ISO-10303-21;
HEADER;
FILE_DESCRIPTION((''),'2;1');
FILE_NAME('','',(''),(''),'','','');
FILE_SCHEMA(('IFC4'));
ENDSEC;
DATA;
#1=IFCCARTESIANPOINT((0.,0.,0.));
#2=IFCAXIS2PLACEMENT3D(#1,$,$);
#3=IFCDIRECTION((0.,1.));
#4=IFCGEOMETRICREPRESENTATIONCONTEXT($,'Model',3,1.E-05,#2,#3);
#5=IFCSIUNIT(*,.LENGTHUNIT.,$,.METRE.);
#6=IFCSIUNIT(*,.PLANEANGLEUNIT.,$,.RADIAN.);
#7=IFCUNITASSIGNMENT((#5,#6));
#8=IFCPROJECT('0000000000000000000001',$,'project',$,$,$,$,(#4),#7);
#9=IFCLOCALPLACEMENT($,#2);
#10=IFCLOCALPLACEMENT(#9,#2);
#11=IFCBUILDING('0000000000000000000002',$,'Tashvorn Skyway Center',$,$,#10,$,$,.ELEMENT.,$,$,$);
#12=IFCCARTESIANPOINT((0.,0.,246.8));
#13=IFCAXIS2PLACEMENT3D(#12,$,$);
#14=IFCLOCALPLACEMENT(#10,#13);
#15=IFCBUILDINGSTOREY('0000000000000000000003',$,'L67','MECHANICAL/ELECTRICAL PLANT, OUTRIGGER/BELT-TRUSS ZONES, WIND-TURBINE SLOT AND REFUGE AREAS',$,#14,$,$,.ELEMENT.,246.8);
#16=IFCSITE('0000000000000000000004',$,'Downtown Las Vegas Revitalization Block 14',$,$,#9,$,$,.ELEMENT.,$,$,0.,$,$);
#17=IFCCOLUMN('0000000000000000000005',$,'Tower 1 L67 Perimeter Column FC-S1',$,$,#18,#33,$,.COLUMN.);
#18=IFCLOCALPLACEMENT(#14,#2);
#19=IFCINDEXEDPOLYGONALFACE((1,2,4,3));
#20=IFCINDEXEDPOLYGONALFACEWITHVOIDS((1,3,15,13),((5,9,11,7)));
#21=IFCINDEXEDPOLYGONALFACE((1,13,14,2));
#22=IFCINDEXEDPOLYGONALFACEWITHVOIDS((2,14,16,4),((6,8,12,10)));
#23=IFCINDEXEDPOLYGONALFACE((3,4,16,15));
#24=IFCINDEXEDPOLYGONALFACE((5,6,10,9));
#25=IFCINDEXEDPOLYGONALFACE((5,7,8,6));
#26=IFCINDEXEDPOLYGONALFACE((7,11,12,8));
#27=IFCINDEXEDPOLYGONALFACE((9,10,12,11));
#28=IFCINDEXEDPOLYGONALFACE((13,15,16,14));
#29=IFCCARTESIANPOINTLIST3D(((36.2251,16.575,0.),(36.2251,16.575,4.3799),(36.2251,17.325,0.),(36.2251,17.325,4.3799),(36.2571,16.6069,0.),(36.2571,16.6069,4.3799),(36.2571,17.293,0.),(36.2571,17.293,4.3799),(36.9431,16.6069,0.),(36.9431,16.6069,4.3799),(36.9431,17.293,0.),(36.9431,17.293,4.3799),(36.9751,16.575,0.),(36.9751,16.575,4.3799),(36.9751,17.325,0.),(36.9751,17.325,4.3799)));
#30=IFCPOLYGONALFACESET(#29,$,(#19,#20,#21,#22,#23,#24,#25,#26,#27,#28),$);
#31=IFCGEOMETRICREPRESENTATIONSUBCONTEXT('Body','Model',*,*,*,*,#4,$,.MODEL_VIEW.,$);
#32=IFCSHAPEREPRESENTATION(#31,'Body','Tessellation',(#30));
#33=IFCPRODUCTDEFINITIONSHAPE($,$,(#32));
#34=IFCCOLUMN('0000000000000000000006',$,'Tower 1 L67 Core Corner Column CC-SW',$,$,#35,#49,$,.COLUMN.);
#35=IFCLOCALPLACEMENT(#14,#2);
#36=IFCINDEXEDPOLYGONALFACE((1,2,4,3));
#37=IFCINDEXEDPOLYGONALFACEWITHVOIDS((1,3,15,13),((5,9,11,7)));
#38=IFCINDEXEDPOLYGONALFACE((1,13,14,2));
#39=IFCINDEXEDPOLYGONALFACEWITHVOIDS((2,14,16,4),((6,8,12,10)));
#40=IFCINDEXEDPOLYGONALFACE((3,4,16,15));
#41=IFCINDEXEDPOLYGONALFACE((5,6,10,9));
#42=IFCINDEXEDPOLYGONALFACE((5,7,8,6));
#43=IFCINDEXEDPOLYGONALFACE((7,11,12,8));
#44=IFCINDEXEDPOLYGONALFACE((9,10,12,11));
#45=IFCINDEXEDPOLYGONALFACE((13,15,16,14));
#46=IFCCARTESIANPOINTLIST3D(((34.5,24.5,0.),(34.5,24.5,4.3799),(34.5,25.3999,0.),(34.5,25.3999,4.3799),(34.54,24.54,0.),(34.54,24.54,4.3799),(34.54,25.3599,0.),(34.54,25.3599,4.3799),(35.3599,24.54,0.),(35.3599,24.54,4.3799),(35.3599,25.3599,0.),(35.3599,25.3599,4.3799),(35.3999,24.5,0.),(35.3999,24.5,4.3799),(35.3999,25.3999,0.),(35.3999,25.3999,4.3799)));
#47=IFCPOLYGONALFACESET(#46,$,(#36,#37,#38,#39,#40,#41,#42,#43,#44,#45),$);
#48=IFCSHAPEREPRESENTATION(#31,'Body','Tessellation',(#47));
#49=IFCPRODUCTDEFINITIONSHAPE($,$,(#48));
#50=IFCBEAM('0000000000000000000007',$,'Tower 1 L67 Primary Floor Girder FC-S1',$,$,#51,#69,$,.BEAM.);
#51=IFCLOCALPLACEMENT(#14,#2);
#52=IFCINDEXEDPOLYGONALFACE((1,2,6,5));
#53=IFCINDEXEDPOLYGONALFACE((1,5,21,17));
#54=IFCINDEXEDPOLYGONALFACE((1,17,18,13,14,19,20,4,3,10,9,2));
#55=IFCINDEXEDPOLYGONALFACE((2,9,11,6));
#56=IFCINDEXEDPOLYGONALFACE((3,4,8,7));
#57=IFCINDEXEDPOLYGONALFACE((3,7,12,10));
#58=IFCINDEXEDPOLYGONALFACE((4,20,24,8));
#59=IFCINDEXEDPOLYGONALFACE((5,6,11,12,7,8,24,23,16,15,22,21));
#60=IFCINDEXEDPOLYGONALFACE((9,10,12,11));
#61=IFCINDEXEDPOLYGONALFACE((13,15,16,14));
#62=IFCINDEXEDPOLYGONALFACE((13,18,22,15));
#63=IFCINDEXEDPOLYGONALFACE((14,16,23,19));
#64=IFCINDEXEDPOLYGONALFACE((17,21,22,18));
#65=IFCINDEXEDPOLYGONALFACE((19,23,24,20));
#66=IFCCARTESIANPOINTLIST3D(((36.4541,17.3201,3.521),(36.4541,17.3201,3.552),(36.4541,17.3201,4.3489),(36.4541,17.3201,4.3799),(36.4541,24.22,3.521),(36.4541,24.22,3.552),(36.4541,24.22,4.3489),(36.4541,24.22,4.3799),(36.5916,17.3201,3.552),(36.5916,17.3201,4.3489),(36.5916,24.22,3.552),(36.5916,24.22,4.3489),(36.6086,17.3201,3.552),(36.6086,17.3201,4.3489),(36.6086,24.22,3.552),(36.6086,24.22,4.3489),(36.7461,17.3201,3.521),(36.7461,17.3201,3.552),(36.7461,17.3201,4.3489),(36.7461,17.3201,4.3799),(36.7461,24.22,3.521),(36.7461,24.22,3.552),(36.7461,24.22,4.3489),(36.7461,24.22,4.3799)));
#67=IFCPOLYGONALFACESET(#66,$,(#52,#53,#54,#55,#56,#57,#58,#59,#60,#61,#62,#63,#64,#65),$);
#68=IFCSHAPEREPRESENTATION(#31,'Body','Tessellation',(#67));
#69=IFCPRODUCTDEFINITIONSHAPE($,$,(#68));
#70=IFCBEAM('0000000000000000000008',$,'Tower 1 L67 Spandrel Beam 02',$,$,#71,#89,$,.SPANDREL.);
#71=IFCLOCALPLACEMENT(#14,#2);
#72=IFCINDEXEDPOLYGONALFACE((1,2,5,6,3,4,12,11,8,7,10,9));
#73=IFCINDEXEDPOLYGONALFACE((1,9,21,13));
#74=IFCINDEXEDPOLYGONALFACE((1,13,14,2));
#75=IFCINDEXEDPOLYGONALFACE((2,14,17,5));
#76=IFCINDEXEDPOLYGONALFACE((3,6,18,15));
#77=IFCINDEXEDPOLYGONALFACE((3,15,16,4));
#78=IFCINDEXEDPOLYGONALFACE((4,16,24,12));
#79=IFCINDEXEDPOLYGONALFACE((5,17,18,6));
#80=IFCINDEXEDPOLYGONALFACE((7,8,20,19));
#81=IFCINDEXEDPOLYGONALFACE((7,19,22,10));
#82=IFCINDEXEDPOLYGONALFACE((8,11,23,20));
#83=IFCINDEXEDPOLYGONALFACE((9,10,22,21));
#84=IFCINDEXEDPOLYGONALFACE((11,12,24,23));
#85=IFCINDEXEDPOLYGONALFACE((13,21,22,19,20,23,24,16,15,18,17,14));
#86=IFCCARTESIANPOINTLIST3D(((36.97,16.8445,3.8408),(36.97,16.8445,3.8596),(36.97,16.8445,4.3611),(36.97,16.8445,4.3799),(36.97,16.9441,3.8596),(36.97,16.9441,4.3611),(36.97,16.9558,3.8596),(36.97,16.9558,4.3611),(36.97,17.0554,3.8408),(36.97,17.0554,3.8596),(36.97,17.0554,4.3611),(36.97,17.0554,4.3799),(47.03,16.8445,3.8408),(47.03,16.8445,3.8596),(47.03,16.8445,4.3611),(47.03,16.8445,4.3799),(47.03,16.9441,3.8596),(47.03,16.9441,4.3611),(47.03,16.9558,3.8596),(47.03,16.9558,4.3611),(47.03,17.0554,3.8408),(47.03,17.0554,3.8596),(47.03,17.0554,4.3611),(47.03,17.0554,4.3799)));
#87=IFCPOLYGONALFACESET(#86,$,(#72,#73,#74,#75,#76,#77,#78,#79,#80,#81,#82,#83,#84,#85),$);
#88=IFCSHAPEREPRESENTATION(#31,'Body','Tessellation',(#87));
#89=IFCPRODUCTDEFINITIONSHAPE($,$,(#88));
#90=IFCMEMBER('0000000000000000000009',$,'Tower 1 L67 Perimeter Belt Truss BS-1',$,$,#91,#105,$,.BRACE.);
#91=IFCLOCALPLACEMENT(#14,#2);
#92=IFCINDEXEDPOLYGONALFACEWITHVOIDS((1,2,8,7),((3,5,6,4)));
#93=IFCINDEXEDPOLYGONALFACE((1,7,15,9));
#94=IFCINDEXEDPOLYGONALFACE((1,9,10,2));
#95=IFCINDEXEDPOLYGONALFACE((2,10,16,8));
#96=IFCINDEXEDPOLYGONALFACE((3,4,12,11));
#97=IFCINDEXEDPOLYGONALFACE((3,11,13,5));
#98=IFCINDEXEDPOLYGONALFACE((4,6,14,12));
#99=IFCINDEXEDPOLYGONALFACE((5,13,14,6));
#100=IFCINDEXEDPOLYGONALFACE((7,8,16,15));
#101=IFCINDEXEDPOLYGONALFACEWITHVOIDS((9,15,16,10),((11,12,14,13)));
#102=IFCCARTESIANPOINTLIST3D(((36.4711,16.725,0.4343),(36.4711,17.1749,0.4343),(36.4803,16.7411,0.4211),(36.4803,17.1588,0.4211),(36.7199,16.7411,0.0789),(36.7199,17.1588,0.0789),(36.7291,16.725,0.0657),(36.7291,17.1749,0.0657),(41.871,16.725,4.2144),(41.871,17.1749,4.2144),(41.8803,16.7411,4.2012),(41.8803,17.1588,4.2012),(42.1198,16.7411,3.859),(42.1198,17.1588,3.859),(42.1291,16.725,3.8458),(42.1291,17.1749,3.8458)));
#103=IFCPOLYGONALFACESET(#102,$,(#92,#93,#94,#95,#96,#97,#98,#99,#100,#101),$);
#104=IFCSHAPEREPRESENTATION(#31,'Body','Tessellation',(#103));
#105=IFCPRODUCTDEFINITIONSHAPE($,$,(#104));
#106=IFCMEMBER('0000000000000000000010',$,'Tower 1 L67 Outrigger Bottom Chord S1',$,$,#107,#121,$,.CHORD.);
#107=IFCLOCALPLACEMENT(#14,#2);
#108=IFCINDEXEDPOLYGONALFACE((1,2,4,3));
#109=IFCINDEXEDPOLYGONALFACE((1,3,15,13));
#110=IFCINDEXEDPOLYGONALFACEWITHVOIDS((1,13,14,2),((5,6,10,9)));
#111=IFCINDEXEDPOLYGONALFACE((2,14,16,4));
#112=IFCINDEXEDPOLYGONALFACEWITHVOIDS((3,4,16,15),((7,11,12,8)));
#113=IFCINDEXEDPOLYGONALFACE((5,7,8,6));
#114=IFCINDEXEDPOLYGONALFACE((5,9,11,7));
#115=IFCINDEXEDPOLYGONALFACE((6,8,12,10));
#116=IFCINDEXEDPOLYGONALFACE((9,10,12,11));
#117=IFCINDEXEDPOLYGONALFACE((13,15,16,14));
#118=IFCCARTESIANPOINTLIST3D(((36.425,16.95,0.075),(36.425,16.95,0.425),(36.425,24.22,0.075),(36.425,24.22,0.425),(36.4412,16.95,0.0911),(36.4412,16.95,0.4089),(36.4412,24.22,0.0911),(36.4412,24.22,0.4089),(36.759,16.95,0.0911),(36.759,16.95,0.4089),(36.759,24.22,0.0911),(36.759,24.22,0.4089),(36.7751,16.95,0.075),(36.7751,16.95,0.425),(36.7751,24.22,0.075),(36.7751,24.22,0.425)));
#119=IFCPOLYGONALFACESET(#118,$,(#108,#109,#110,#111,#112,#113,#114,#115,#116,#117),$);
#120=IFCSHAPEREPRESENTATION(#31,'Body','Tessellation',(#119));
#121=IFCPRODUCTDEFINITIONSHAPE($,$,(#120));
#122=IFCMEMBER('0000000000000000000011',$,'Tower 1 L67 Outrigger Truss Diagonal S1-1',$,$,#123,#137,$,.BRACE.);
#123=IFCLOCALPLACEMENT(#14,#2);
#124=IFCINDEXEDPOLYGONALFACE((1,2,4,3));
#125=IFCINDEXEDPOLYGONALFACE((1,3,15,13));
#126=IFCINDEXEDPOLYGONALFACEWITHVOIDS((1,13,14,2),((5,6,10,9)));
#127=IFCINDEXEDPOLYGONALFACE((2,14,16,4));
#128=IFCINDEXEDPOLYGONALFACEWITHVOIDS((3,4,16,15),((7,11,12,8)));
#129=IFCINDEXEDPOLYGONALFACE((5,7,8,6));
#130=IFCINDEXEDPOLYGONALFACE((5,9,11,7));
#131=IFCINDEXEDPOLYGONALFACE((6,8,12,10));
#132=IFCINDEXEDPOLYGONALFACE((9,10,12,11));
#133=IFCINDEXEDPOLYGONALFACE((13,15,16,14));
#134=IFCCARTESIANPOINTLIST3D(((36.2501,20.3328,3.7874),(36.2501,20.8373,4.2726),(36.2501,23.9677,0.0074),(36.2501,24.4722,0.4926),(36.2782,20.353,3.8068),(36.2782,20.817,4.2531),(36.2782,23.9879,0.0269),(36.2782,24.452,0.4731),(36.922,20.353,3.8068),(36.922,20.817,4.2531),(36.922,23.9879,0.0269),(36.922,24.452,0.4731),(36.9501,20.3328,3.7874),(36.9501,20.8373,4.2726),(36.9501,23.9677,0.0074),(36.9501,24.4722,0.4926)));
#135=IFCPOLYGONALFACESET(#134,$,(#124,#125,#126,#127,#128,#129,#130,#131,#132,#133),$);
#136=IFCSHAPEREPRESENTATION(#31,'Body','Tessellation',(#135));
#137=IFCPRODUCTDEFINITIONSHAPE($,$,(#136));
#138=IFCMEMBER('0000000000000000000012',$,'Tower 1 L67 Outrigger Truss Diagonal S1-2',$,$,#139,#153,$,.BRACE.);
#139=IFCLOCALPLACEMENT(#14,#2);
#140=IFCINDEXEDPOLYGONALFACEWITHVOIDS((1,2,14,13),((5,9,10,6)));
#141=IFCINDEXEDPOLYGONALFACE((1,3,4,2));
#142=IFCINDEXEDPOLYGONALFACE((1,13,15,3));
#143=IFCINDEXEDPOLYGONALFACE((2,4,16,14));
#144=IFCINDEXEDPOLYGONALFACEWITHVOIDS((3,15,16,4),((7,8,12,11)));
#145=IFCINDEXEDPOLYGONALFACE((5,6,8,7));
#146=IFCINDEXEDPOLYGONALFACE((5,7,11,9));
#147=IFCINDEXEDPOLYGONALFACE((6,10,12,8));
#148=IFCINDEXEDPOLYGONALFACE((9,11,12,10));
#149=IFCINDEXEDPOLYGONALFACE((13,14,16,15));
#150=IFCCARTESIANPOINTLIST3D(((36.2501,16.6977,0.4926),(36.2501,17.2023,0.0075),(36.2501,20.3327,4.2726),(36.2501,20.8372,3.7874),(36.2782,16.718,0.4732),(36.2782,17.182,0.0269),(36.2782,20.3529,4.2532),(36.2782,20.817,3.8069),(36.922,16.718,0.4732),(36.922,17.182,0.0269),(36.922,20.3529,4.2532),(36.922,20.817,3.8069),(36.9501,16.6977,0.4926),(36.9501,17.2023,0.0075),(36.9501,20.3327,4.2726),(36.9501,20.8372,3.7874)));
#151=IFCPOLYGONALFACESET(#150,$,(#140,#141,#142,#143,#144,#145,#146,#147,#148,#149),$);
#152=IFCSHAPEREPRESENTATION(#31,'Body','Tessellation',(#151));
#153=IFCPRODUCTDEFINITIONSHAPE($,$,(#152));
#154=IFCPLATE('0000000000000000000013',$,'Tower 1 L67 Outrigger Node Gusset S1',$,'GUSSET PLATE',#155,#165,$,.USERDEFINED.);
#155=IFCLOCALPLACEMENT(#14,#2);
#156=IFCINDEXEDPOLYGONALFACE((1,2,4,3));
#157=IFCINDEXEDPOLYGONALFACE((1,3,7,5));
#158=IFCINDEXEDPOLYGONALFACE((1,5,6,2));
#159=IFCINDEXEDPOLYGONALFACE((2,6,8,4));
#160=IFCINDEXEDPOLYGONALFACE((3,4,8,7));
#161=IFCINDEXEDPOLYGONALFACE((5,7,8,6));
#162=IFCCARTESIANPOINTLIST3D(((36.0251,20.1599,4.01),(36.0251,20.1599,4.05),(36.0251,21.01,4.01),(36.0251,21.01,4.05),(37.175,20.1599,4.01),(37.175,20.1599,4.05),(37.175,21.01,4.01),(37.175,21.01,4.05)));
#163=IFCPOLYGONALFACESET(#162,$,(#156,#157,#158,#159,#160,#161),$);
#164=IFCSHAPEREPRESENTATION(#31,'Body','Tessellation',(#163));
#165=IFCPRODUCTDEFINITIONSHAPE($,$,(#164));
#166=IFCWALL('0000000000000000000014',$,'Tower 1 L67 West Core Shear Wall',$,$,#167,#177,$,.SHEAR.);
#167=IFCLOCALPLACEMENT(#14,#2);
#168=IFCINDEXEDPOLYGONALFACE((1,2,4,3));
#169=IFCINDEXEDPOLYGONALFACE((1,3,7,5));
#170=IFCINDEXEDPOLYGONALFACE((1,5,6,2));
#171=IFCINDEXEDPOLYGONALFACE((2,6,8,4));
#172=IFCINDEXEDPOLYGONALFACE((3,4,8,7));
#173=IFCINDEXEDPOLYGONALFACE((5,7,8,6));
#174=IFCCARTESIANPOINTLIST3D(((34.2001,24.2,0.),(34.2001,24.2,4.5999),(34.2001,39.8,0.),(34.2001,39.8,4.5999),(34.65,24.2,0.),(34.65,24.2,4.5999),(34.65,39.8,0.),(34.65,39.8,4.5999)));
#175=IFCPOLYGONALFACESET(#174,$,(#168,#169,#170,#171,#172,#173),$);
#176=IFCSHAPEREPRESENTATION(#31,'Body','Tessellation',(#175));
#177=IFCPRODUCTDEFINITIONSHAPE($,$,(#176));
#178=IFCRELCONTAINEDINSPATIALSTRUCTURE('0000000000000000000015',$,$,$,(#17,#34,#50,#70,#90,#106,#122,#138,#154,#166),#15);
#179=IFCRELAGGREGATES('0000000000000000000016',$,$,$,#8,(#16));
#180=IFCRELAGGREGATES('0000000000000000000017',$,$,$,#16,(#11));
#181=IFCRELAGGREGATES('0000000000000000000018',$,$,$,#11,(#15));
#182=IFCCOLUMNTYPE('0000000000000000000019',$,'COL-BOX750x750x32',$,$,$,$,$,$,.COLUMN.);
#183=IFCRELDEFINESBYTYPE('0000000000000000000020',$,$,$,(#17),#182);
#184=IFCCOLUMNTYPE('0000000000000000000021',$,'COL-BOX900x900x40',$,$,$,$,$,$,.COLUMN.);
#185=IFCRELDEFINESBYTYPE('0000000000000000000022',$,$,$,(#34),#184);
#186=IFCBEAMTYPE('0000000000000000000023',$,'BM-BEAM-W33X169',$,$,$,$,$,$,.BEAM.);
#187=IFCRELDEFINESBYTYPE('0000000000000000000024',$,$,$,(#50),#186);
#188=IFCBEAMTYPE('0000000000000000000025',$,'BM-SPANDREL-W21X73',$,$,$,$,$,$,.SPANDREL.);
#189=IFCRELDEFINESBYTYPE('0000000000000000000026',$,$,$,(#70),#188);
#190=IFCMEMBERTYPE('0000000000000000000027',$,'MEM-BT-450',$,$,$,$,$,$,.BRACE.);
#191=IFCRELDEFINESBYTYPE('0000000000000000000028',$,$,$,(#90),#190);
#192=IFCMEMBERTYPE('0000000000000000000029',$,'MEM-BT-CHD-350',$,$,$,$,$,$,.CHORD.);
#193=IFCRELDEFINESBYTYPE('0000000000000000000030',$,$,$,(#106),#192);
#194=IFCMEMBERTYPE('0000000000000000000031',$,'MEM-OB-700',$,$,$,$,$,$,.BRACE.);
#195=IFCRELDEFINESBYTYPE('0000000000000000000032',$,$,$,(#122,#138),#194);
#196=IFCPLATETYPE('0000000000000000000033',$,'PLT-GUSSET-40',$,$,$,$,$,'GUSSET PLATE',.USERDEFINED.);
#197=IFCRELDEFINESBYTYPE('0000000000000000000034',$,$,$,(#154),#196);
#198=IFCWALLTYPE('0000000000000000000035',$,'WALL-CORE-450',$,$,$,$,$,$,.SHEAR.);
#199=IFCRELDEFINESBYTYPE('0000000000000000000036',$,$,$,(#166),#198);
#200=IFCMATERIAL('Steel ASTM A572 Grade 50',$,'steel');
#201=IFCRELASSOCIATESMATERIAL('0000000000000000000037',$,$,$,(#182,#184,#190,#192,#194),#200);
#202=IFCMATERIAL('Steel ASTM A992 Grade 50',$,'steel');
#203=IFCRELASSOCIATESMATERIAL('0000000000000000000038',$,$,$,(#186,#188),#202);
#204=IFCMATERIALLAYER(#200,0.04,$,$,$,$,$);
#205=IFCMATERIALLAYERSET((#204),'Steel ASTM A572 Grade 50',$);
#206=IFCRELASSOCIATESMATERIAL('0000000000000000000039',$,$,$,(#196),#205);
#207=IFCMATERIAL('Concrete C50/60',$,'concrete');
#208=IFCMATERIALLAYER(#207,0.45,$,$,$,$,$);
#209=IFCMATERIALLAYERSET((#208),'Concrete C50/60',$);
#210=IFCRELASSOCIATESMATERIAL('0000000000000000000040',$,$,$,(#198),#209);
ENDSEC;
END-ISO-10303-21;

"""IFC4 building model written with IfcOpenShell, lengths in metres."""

from ifc_helpers import new_model, si_unit, direction, frame, frame_2d, origin, origin_2d, place, context, subcontext, project, spatial, rectangle, hollow_rectangle, i_section, extrude, material, layer, layer_set, material_profile, profile_set, type_object, element, save


model = new_model("IFC4")

# Units and contexts
model_context = context("Model", 3, precision=1e-05, world=origin(), true_north=direction((0.0, 1.0)))
body_context = subcontext(model_context, "Body", "Model", "MODEL_VIEW")
ifc_project = project(units=[si_unit("LENGTHUNIT", "METRE"), si_unit("PLANEANGLEUNIT", "RADIAN")], contexts=[model_context])

# Site, building, storey
site_placement = place(None, origin())
site = spatial("IfcSite", under=ifc_project, at=site_placement, Name="Downtown Las Vegas Revitalization Block 14", CompositionType="ELEMENT", RefElevation=0.0)
building_placement = place(site_placement, origin())
building = spatial("IfcBuilding", under=site, at=building_placement, Name="Tashvorn Skyway Center", CompositionType="ELEMENT")
storey_placement = place(building_placement, frame((0.0, 0.0, 246.8)))
storey = spatial("IfcBuildingStorey", under=building, at=storey_placement, Name="L67", Description="MECHANICAL/ELECTRICAL PLANT, OUTRIGGER/BELT-TRUSS ZONES, WIND-TURBINE SLOT AND REFUGE AREAS", CompositionType="ELEMENT", Elevation=246.8)

# Columns
ifc_material_1 = material(Name="Steel ASTM A572 Grade 50", Category="steel")
ifc_material_profile_1 = material_profile(ifc_material_1, hollow_rectangle(XDim=0.75, YDim=0.75, WallThickness=0.032, at=origin_2d()), Name="BOX750x750x32")
ifc_profile_set_1 = profile_set([ifc_material_profile_1], Name="Steel ASTM A572 Grade 50")
column_type_1 = type_object("IfcColumnType", Name="COL-BOX750x750x32", PredefinedType="COLUMN", material=ifc_profile_set_1)
column_1_placement = place(storey_placement, frame((36.6001, 16.95, 0.0), z_axis=(0.0, 0.0, 1.0), x_axis=(1.0, 0.0, 0.0)))
element("IfcColumn", 1, at=column_1_placement, inside=storey, type_object=column_type_1, Name="Tower 1 L67 Perimeter Column FC-S1", PredefinedType="COLUMN", context=body_context, shape_type="SweptSolid", body=[
    extrude(hollow_rectangle(XDim=0.75, YDim=0.75, WallThickness=0.032, at=origin_2d()), origin(), (0.0, 0.0, 1.0), 4.3799),
])
ifc_material_profile_2 = material_profile(ifc_material_1, hollow_rectangle(XDim=0.8999, YDim=0.8999, WallThickness=0.04, at=origin_2d()), Name="BOX900x900x40")
ifc_profile_set_2 = profile_set([ifc_material_profile_2], Name="Steel ASTM A572 Grade 50")
column_type_2 = type_object("IfcColumnType", Name="COL-BOX900x900x40", PredefinedType="COLUMN", material=ifc_profile_set_2)
column_2_placement = place(storey_placement, frame((34.95, 24.95, 0.0), z_axis=(0.0, 0.0, 1.0), x_axis=(1.0, 0.0, 0.0)))
element("IfcColumn", 2, at=column_2_placement, inside=storey, type_object=column_type_2, Name="Tower 1 L67 Core Corner Column CC-SW", PredefinedType="COLUMN", context=body_context, shape_type="SweptSolid", body=[
    extrude(hollow_rectangle(XDim=0.8999, YDim=0.8999, WallThickness=0.04, at=origin_2d()), origin(), (0.0, 0.0, 1.0), 4.3799),
])

# Beams
ifc_material_2 = material(Name="Steel ASTM A992 Grade 50", Category="steel")
ifc_material_profile_3 = material_profile(ifc_material_2, i_section(OverallWidth=0.292, OverallDepth=0.8589, WebThickness=0.0171, FlangeThickness=0.031, at=origin_2d()), Name="W33X169")
ifc_profile_set_3 = profile_set([ifc_material_profile_3], Name="Steel ASTM A992 Grade 50")
beam_type_1 = type_object("IfcBeamType", Name="BM-BEAM-W33X169", PredefinedType="BEAM", material=ifc_profile_set_3)
beam_1_placement = place(storey_placement, frame((36.6001, 17.3201, 3.9504), z_axis=(0.0, 1.0, 0.0), x_axis=(-1.0, 0.0, 0.0)))
element("IfcBeam", 3, at=beam_1_placement, inside=storey, type_object=beam_type_1, Name="Tower 1 L67 Primary Floor Girder FC-S1", PredefinedType="BEAM", context=body_context, shape_type="SweptSolid", body=[
    extrude(i_section(OverallWidth=0.292, OverallDepth=0.8589, WebThickness=0.0171, FlangeThickness=0.031, at=origin_2d()), origin(), (0.0, 0.0, 1.0), 6.8999),
])
ifc_material_profile_4 = material_profile(ifc_material_2, i_section(OverallWidth=0.2109, OverallDepth=0.5391, WebThickness=0.0117, FlangeThickness=0.0188, at=origin_2d()), Name="W21X73")
ifc_profile_set_4 = profile_set([ifc_material_profile_4], Name="Steel ASTM A992 Grade 50")
beam_type_2 = type_object("IfcBeamType", Name="BM-SPANDREL-W21X73", PredefinedType="SPANDREL", material=ifc_profile_set_4)
beam_2_placement = place(storey_placement, frame((36.97, 16.95, 4.1104), z_axis=(1.0, 0.0, 0.0), x_axis=(0.0, 1.0, 0.0)))
element("IfcBeam", 4, at=beam_2_placement, inside=storey, type_object=beam_type_2, Name="Tower 1 L67 Spandrel Beam 02", PredefinedType="SPANDREL", context=body_context, shape_type="SweptSolid", body=[
    extrude(i_section(OverallWidth=0.2109, OverallDepth=0.5391, WebThickness=0.0117, FlangeThickness=0.0188, at=origin_2d()), origin(), (0.0, 0.0, 1.0), 10.0601),
])

# Members
ifc_material_profile_5 = material_profile(ifc_material_1, hollow_rectangle(XDim=0.45, YDim=0.45, WallThickness=0.0161, at=origin_2d()), Name="HSS450x450x16")
ifc_profile_set_5 = profile_set([ifc_material_profile_5], Name="Steel ASTM A572 Grade 50")
member_type_1 = type_object("IfcMemberType", Name="MEM-BT-450", PredefinedType="BRACE", material=ifc_profile_set_5)
member_1_placement = place(storey_placement, frame((36.6001, 16.95, 0.25), z_axis=(0.819225, 0.0, 0.573472), x_axis=(0.0, 1.0, 0.0)))
element("IfcMember", 5, at=member_1_placement, inside=storey, type_object=member_type_1, Name="Tower 1 L67 Perimeter Belt Truss BS-1", PredefinedType="BRACE", context=body_context, shape_type="SweptSolid", body=[
    extrude(hollow_rectangle(XDim=0.45, YDim=0.45, WallThickness=0.0161, at=origin_2d()), origin(), (0.0, 0.0, 1.0), 6.5916),
])
ifc_material_profile_6 = material_profile(ifc_material_1, hollow_rectangle(XDim=0.3501, YDim=0.3501, WallThickness=0.0161, at=origin_2d()), Name="HSS350x350x16")
ifc_profile_set_6 = profile_set([ifc_material_profile_6], Name="Steel ASTM A572 Grade 50")
member_type_2 = type_object("IfcMemberType", Name="MEM-BT-CHD-350", PredefinedType="CHORD", material=ifc_profile_set_6)
member_2_placement = place(storey_placement, frame((36.6001, 24.22, 0.25), z_axis=(0.0, -1.0, 0.0), x_axis=(1.0, 0.0, 0.0)))
element("IfcMember", 6, at=member_2_placement, inside=storey, type_object=member_type_2, Name="Tower 1 L67 Outrigger Bottom Chord S1", PredefinedType="CHORD", context=body_context, shape_type="SweptSolid", body=[
    extrude(hollow_rectangle(XDim=0.3501, YDim=0.3501, WallThickness=0.0161, at=origin_2d()), origin(), (0.0, 0.0, 1.0), 7.27),
])
ifc_material_profile_7 = material_profile(ifc_material_1, hollow_rectangle(XDim=0.7, YDim=0.7, WallThickness=0.0281, at=origin_2d()), Name="BOX700x700x28")
ifc_profile_set_7 = profile_set([ifc_material_profile_7], Name="Steel ASTM A572 Grade 50")
member_type_3 = type_object("IfcMemberType", Name="MEM-OB-700", PredefinedType="BRACE", material=ifc_profile_set_7)
for number, where, z_axis, x_axis, name in (
    (7, (36.6001, 24.22, 0.25), (0.0, -0.693145, 0.720798), (1.0, 0.0, 0.0), "Tower 1 L67 Outrigger Truss Diagonal S1-1"),
    (8, (36.6001, 20.585, 4.03), (0.0, -0.693145, -0.720798), (1.0, 0.0, 0.0), "Tower 1 L67 Outrigger Truss Diagonal S1-2"),
):
    element("IfcMember", number, at=place(storey_placement, frame(where, z_axis=z_axis, x_axis=x_axis)), inside=storey, type_object=member_type_3, Name=name, PredefinedType="BRACE", context=body_context, shape_type="SweptSolid", body=[
        extrude(hollow_rectangle(XDim=0.7, YDim=0.7, WallThickness=0.0281, at=origin_2d()), origin(), (0.0, 0.0, 1.0), 5.2441),
    ])

# Plate
ifc_layer_1 = layer(ifc_material_1, 0.04)
ifc_layer_set_1 = layer_set([ifc_layer_1], Name="Steel ASTM A572 Grade 50")
plate_type = type_object("IfcPlateType", Name="PLT-GUSSET-40", ElementType="GUSSET PLATE", PredefinedType="USERDEFINED", material=ifc_layer_set_1)
plate_placement = place(storey_placement, frame((36.6001, 20.585, 4.01), z_axis=(0.0, 0.0, 1.0), x_axis=(1.0, 0.0, 0.0)))
element("IfcPlate", 9, at=plate_placement, inside=storey, type_object=plate_type, Name="Tower 1 L67 Outrigger Node Gusset S1", ObjectType="GUSSET PLATE", PredefinedType="USERDEFINED", context=body_context, shape_type="SweptSolid", body=[
    extrude(rectangle(XDim=1.1499, YDim=0.8501, at=origin_2d()), origin(), (0.0, 0.0, 1.0), 0.04),
])

# Wall
ifc_material_3 = material(Name="Concrete C50/60", Category="concrete")
ifc_layer_2 = layer(ifc_material_3, 0.45)
ifc_layer_set_2 = layer_set([ifc_layer_2], Name="Concrete C50/60")
wall_type_1 = type_object("IfcWallType", Name="WALL-CORE-450", PredefinedType="SHEAR", material=ifc_layer_set_2)
wall_1_placement = place(storey_placement, frame((34.425, 24.2, 0.0), z_axis=(0.0, 0.0, 1.0), x_axis=(0.0, 1.0, 0.0)))
element("IfcWall", 10, at=wall_1_placement, inside=storey, type_object=wall_type_1, Name="Tower 1 L67 West Core Shear Wall", PredefinedType="SHEAR", context=body_context, shape_type="SweptSolid", body=[
    extrude(rectangle(XDim=15.6001, YDim=0.45, at=frame_2d((7.8, 0.0))), origin(), (0.0, 0.0, 1.0), 4.5999),
])

save(model, "model.ifc")
